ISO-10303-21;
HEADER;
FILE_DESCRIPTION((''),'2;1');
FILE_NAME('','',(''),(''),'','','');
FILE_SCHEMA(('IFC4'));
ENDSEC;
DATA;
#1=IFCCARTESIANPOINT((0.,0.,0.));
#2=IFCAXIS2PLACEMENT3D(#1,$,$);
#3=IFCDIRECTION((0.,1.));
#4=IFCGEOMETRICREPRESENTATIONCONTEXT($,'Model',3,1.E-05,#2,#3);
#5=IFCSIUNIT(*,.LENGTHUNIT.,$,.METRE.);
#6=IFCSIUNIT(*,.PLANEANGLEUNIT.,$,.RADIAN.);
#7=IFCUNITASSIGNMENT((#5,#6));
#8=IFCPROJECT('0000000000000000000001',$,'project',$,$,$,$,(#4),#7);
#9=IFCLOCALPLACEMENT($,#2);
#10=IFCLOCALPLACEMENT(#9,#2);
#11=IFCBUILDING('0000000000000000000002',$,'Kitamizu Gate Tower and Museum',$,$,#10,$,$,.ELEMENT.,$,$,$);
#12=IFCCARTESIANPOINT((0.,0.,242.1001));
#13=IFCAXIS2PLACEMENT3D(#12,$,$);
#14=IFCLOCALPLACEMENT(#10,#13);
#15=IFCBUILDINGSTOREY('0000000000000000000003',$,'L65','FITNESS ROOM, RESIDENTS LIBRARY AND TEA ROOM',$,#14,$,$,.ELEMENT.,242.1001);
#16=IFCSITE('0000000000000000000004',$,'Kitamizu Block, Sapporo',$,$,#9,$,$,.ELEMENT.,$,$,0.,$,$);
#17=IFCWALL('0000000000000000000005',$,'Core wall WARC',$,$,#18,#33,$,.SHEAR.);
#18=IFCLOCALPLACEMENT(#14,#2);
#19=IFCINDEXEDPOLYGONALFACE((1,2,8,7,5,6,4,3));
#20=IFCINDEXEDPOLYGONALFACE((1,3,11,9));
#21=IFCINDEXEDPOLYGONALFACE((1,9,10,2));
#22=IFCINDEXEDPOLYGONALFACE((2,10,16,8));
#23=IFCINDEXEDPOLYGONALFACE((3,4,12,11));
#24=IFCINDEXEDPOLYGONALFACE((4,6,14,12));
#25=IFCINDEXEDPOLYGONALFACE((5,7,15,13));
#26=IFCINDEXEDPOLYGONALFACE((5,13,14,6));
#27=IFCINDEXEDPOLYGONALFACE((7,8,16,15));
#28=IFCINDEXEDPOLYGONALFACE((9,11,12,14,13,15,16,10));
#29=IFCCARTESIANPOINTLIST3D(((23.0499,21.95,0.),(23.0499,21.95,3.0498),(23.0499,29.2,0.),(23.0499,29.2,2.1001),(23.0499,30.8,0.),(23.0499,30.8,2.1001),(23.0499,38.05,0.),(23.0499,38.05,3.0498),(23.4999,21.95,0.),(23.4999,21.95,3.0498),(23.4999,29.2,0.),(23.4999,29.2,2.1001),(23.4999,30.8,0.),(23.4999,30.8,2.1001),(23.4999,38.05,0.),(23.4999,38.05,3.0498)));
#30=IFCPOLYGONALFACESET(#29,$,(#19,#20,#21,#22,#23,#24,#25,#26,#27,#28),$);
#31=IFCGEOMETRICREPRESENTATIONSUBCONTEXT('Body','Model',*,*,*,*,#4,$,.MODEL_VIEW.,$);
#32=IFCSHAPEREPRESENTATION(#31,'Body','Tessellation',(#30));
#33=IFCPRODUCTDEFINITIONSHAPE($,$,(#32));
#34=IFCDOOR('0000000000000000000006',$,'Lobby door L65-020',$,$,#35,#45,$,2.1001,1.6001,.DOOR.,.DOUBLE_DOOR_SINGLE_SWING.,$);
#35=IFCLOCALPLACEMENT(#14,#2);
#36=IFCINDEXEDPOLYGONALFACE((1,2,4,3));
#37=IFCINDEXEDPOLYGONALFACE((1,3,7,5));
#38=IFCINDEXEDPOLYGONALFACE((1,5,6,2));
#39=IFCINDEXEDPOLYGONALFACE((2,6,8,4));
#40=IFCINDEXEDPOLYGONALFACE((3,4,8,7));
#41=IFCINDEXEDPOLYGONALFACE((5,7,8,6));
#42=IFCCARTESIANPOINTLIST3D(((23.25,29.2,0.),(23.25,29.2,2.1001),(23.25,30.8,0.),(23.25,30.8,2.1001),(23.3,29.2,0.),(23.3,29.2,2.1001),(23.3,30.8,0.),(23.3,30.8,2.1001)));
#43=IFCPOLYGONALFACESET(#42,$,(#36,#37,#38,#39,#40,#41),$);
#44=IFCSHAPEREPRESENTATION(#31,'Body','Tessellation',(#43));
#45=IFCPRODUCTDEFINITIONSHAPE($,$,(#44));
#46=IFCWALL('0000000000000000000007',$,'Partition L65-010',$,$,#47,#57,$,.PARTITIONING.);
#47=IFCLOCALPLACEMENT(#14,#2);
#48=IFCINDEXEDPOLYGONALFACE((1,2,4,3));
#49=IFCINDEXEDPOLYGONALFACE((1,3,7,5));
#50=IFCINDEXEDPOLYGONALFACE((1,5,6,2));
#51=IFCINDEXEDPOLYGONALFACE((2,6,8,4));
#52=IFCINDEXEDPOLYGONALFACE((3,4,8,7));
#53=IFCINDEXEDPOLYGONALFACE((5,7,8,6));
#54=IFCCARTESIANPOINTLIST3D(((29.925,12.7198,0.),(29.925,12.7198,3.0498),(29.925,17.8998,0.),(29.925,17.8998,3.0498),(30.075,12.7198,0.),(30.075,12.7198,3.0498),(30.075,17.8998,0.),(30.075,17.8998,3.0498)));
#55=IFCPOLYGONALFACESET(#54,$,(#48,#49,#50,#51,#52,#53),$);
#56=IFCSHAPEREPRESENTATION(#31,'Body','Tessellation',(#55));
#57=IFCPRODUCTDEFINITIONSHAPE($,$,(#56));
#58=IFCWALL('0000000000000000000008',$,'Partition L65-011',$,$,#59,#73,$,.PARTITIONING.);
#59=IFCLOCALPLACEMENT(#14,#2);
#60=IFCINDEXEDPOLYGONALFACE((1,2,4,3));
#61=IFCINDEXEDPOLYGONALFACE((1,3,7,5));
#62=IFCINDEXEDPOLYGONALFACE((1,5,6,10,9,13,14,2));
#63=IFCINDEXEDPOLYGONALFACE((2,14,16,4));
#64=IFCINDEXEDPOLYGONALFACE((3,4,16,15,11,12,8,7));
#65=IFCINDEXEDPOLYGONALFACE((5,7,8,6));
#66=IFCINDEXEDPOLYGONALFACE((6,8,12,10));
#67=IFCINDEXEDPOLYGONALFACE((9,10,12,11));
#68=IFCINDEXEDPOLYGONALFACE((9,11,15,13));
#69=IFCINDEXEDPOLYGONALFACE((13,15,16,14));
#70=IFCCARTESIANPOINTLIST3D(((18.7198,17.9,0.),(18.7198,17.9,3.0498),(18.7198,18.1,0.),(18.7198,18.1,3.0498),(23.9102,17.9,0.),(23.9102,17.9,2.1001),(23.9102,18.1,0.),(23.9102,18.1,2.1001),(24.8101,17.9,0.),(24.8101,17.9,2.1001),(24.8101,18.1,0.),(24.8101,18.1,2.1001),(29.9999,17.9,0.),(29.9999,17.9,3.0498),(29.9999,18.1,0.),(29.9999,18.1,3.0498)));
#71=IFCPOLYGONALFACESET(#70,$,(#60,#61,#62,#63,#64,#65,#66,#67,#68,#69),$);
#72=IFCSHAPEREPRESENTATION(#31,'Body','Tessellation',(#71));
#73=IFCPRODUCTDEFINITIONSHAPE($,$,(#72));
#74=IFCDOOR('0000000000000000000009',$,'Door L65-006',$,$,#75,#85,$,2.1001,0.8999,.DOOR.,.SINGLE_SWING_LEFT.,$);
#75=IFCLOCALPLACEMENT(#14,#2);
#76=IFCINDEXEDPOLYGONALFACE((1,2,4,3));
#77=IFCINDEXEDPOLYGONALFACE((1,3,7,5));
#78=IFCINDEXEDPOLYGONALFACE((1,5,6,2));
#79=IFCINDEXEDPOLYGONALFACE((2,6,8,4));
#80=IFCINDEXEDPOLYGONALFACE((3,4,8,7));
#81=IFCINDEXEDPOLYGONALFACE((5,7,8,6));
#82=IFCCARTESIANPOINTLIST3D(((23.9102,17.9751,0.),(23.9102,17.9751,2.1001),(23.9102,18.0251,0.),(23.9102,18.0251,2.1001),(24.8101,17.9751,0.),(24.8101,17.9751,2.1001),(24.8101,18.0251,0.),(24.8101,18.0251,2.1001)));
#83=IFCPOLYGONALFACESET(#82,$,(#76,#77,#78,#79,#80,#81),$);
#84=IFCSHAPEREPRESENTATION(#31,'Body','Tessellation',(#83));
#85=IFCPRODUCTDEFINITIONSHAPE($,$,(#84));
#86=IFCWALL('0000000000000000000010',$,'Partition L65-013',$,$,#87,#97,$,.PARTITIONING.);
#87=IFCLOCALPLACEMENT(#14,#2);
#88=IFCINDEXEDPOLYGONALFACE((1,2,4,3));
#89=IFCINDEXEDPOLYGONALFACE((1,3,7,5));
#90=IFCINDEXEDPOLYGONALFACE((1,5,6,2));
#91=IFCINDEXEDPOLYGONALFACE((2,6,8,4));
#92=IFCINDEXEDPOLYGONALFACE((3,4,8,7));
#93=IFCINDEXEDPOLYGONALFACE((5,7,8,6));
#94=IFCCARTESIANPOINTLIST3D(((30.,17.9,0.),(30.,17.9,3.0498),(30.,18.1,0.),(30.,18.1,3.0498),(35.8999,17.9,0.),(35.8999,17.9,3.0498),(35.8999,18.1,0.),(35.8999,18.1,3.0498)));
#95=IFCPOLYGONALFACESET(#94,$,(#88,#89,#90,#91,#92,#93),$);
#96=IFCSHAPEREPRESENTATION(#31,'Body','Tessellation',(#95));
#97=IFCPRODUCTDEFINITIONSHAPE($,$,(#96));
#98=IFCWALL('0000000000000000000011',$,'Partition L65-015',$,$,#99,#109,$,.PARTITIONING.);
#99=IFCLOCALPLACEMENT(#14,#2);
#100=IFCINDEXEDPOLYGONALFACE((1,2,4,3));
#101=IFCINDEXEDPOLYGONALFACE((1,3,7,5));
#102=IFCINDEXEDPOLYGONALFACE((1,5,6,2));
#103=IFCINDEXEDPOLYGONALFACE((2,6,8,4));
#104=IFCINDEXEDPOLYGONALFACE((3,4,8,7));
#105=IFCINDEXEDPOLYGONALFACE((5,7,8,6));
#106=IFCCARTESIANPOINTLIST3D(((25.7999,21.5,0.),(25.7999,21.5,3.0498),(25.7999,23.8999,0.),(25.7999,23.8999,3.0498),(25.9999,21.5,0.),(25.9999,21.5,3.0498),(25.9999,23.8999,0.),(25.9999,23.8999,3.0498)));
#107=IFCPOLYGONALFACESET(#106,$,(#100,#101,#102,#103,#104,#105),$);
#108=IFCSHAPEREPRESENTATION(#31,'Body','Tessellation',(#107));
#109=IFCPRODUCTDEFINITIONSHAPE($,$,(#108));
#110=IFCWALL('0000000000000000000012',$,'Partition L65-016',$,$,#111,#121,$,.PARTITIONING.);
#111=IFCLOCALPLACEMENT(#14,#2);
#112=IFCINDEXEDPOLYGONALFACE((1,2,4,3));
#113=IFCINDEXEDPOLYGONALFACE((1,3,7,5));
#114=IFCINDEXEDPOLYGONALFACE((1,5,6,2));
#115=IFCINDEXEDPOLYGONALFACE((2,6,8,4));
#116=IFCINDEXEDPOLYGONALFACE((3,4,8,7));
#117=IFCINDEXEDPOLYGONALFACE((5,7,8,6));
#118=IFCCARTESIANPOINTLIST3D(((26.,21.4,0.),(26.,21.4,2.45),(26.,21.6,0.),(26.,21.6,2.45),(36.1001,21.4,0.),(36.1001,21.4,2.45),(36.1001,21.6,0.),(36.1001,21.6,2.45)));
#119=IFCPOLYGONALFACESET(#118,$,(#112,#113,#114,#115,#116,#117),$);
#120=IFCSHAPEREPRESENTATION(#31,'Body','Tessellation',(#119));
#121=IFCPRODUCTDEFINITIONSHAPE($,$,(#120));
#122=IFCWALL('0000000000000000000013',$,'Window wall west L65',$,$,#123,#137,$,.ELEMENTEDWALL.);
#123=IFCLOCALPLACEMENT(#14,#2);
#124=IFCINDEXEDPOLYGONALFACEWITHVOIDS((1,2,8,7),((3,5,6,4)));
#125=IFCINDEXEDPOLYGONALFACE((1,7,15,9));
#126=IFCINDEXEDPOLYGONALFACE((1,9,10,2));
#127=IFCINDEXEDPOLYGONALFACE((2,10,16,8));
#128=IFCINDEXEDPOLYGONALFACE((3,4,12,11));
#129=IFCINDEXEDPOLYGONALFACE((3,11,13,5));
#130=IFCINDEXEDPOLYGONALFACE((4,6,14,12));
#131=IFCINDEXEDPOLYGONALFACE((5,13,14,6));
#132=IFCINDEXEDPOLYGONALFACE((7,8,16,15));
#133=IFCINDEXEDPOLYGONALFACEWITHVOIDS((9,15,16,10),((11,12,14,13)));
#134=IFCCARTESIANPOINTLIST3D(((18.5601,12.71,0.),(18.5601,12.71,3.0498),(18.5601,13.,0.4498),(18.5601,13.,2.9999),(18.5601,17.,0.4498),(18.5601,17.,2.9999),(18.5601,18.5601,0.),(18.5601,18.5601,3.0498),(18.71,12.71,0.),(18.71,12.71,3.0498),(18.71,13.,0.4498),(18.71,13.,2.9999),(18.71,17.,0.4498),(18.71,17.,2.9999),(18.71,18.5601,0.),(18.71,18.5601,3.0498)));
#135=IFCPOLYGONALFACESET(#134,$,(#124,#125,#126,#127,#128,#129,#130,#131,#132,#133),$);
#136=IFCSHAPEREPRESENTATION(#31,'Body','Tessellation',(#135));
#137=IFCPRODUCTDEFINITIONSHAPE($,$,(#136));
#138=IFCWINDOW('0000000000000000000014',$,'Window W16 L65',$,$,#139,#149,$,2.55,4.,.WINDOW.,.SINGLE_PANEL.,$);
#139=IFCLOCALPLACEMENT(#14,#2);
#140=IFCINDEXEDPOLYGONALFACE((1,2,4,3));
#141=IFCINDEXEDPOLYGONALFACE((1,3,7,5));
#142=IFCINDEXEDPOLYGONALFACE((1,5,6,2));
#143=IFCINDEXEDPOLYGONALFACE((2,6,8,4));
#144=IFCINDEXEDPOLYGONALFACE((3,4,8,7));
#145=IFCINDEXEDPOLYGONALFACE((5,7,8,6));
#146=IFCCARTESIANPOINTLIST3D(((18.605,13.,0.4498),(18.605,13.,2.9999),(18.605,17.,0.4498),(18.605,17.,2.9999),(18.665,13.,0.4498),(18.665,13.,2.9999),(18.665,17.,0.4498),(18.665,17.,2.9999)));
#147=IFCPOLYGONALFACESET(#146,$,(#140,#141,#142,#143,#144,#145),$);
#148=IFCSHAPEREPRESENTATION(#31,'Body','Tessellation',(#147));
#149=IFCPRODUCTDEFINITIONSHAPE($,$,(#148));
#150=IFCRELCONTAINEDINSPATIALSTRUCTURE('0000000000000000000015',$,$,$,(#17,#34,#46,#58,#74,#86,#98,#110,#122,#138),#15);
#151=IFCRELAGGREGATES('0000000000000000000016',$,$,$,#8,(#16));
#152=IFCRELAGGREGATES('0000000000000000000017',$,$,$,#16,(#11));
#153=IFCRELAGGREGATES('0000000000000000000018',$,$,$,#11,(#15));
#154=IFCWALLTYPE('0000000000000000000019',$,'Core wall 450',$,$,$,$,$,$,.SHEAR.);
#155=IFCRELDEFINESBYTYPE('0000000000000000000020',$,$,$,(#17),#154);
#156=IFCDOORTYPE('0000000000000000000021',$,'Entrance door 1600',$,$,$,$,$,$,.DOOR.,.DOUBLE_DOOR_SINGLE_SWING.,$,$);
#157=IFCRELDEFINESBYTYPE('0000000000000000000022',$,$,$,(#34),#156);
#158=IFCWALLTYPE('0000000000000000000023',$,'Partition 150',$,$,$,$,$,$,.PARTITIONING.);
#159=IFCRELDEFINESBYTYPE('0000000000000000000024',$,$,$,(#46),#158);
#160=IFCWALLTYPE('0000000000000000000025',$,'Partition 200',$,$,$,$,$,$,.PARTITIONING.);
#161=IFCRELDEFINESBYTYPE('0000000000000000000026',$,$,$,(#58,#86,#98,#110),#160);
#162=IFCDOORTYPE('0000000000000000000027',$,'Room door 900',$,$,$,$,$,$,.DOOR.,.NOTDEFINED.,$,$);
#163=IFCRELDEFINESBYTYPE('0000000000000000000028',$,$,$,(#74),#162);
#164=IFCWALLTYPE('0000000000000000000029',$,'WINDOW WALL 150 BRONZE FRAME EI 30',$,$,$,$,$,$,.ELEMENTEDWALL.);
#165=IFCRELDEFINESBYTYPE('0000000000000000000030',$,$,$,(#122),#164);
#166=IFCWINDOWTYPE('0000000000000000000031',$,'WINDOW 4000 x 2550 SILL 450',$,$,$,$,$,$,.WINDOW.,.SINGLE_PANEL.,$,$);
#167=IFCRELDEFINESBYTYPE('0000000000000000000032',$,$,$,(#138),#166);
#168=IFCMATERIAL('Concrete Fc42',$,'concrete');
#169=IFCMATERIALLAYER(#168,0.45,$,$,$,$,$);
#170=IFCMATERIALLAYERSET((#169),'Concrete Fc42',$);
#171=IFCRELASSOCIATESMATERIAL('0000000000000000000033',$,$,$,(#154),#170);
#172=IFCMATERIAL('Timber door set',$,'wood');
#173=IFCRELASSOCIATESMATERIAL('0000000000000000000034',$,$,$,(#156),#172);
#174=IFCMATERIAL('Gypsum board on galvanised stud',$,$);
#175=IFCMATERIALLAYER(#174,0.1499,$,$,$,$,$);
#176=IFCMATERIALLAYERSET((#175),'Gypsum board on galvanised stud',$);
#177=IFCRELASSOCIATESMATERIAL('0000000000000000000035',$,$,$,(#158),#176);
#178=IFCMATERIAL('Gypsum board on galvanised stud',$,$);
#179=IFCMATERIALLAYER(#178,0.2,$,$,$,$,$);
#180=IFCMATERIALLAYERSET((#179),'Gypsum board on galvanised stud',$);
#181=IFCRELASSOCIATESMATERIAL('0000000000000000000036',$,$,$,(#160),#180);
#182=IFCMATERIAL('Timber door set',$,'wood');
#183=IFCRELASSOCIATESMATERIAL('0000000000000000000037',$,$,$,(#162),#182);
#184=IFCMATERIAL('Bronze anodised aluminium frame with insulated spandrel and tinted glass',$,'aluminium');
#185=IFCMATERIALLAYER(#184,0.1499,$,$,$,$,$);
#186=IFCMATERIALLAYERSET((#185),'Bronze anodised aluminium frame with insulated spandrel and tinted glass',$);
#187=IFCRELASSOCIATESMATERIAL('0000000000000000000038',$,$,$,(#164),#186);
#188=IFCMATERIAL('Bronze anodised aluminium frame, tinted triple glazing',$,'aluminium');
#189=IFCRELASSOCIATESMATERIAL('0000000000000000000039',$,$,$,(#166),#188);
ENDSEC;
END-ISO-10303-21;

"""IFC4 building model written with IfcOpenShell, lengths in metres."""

from ifc_helpers import new_model, si_unit, direction, frame, frame_2d, origin, place, context, subcontext, project, spatial, rectangle, extrude, material, layer, layer_set, type_object, element, fill, save


model = new_model("IFC4")

# Units and contexts
model_context = context("Model", 3, precision=1e-05, world=origin(), true_north=direction((0.0, 1.0)))
body_context = subcontext(model_context, "Body", "Model", "MODEL_VIEW")
ifc_project = project(units=[si_unit("LENGTHUNIT", "METRE"), si_unit("PLANEANGLEUNIT", "RADIAN")], contexts=[model_context])

# Site, building, storey
site_placement = place(None, origin())
site = spatial("IfcSite", under=ifc_project, at=site_placement, Name="Kitamizu Block, Sapporo", CompositionType="ELEMENT", RefElevation=0.0)
building_placement = place(site_placement, origin())
building = spatial("IfcBuilding", under=site, at=building_placement, Name="Kitamizu Gate Tower and Museum", CompositionType="ELEMENT")
storey_placement = place(building_placement, frame((0.0, 0.0, 242.1001)))
storey = spatial("IfcBuildingStorey", under=building, at=storey_placement, Name="L65", Description="FITNESS ROOM, RESIDENTS LIBRARY AND TEA ROOM", CompositionType="ELEMENT", Elevation=242.1001)

# Wall, opening, door
ifc_material_1 = material(Name="Concrete Fc42", Category="concrete")
ifc_layer_1 = layer(ifc_material_1, 0.45)
ifc_layer_set_1 = layer_set([ifc_layer_1], Name="Concrete Fc42")
wall_type_1 = type_object("IfcWallType", Name="Core wall 450", PredefinedType="SHEAR", material=ifc_layer_set_1)
wall_1_placement = place(storey_placement, frame((23.2749, 21.95, 0.0), z_axis=(0.0, 0.0, 1.0), x_axis=(0.0, 1.0, 0.0)))
wall_1 = element("IfcWall", 1, at=wall_1_placement, inside=storey, type_object=wall_type_1, Name="Core wall WARC", PredefinedType="SHEAR", context=body_context, shape_type="SweptSolid", body=[
    extrude(rectangle(XDim=16.1001, YDim=0.45, at=frame_2d((8.05, 0.0))), origin(), (0.0, 0.0, 1.0), 3.0498),
])
opening_1_placement = place(wall_1_placement, frame((7.25, 0.0, 0.0)))
opening_1 = element("IfcOpeningElement", 2, at=opening_1_placement, cuts=wall_1, PredefinedType="OPENING", context=body_context, shape_type="SweptSolid", body=[
    extrude(rectangle(XDim=1.6001, YDim=2.1001, at=frame_2d((0.8, 1.05))), frame((0.0, 0.2349, 0.0), z_axis=(0.0, -1.0, 0.0), x_axis=(1.0, 0.0, 0.0)), (0.0, 0.0, 1.0), 0.47),
])
ifc_material_2 = material(Name="Timber door set", Category="wood")
door_type_1 = type_object("IfcDoorType", Name="Entrance door 1600", OperationType="DOUBLE_DOOR_SINGLE_SWING", PredefinedType="DOOR", material=ifc_material_2)
door_1_placement = place(opening_1_placement, origin())
door_1 = element("IfcDoor", 3, at=door_1_placement, inside=storey, type_object=door_type_1, Name="Lobby door L65-020", OperationType="DOUBLE_DOOR_SINGLE_SWING", OverallHeight=2.1001, OverallWidth=1.6001, PredefinedType="DOOR", context=body_context, shape_type="SweptSolid", body=[
    extrude(rectangle(XDim=1.6001, YDim=2.1001, at=frame_2d((0.8, 1.05))), frame((0.0, 0.0249, 0.0), z_axis=(0.0, -1.0, 0.0), x_axis=(1.0, 0.0, 0.0)), (0.0, 0.0, 1.0), 0.05),
])
fill(opening_1, door_1)

# Wall
ifc_material_3 = material(Name="Gypsum board on galvanised stud")
ifc_layer_2 = layer(ifc_material_3, 0.1499)
ifc_layer_set_2 = layer_set([ifc_layer_2], Name="Gypsum board on galvanised stud")
wall_type_2 = type_object("IfcWallType", Name="Partition 150", PredefinedType="PARTITIONING", material=ifc_layer_set_2)
wall_2_placement = place(storey_placement, frame((30.0, 12.72, 0.0), z_axis=(0.0, 0.0, 1.0), x_axis=(0.0, 1.0, 0.0)))
element("IfcWall", 4, at=wall_2_placement, inside=storey, type_object=wall_type_2, Name="Partition L65-010", PredefinedType="PARTITIONING", context=body_context, shape_type="SweptSolid", body=[
    extrude(rectangle(XDim=5.1799, YDim=0.1499, at=frame_2d((2.5898, 0.0))), origin(), (0.0, 0.0, 1.0), 3.0498),
])

# Wall, opening, door
ifc_material_4 = material(Name="Gypsum board on galvanised stud")
ifc_layer_3 = layer(ifc_material_4, 0.2)
ifc_layer_set_3 = layer_set([ifc_layer_3], Name="Gypsum board on galvanised stud")
wall_type_3 = type_object("IfcWallType", Name="Partition 200", PredefinedType="PARTITIONING", material=ifc_layer_set_3)
wall_3_placement = place(storey_placement, frame((30.0, 18.0, 0.0), z_axis=(0.0, 0.0, 1.0), x_axis=(-1.0, 0.0, 0.0)))
wall_3 = element("IfcWall", 5, at=wall_3_placement, inside=storey, type_object=wall_type_3, Name="Partition L65-011", PredefinedType="PARTITIONING", context=body_context, shape_type="SweptSolid", body=[
    extrude(rectangle(XDim=11.28, YDim=0.2, at=frame_2d((5.6401, 0.0))), origin(), (0.0, 0.0, 1.0), 3.0498),
])
opening_2_placement = place(wall_3_placement, frame((5.1899, 0.0, 0.0)))
opening_2 = element("IfcOpeningElement", 6, at=opening_2_placement, cuts=wall_3, PredefinedType="OPENING", context=body_context, shape_type="SweptSolid", body=[
    extrude(rectangle(XDim=0.8999, YDim=2.1001, at=frame_2d((0.45, 1.05))), frame((0.0, 0.1099, 0.0), z_axis=(0.0, -1.0, 0.0), x_axis=(1.0, 0.0, 0.0)), (0.0, 0.0, 1.0), 0.22),
])
ifc_material_5 = material(Name="Timber door set", Category="wood")
door_type_2 = type_object("IfcDoorType", Name="Room door 900", OperationType="NOTDEFINED", PredefinedType="DOOR", material=ifc_material_5)
door_2_placement = place(opening_2_placement, origin())
door_2 = element("IfcDoor", 7, at=door_2_placement, inside=storey, type_object=door_type_2, Name="Door L65-006", OperationType="SINGLE_SWING_LEFT", OverallHeight=2.1001, OverallWidth=0.8999, PredefinedType="DOOR", context=body_context, shape_type="SweptSolid", body=[
    extrude(rectangle(XDim=0.8999, YDim=2.1001, at=frame_2d((0.45, 1.05))), frame((0.0, 0.0249, 0.0), z_axis=(0.0, -1.0, 0.0), x_axis=(1.0, 0.0, 0.0)), (0.0, 0.0, 1.0), 0.05),
])
fill(opening_2, door_2)

# Walls
wall_4_placement = place(storey_placement, frame((35.8999, 18.0, 0.0), z_axis=(0.0, 0.0, 1.0), x_axis=(-1.0, 0.0, 0.0)))
element("IfcWall", 8, at=wall_4_placement, inside=storey, type_object=wall_type_3, Name="Partition L65-013", PredefinedType="PARTITIONING", context=body_context, shape_type="SweptSolid", body=[
    extrude(rectangle(XDim=5.8999, YDim=0.2, at=frame_2d((2.95, 0.0))), origin(), (0.0, 0.0, 1.0), 3.0498),
])
wall_5_placement = place(storey_placement, frame((25.8999, 23.8999, 0.0), z_axis=(0.0, 0.0, 1.0), x_axis=(0.0, -1.0, 0.0)))
element("IfcWall", 9, at=wall_5_placement, inside=storey, type_object=wall_type_3, Name="Partition L65-015", PredefinedType="PARTITIONING", context=body_context, shape_type="SweptSolid", body=[
    extrude(rectangle(XDim=2.3999, YDim=0.2, at=frame_2d((1.2, 0.0))), origin(), (0.0, 0.0, 1.0), 3.0498),
])
wall_6_placement = place(storey_placement, frame((26.0, 21.5, 0.0), z_axis=(0.0, 0.0, 1.0), x_axis=(1.0, 0.0, 0.0)))
element("IfcWall", 10, at=wall_6_placement, inside=storey, type_object=wall_type_3, Name="Partition L65-016", PredefinedType="PARTITIONING", context=body_context, shape_type="SweptSolid", body=[
    extrude(rectangle(XDim=10.1001, YDim=0.2, at=frame_2d((5.05, 0.0))), origin(), (0.0, 0.0, 1.0), 2.45),
])

# Shared definitions
ifc_material_6 = material(Name="Bronze anodised aluminium frame with insulated spandrel and tinted glass", Category="aluminium")
ifc_layer_4 = layer(ifc_material_6, 0.1499)
ifc_layer_set_4 = layer_set([ifc_layer_4], Name="Bronze anodised aluminium frame with insulated spandrel and tinted glass")
wall_type_4 = type_object("IfcWallType", Name="WINDOW WALL 150 BRONZE FRAME EI 30", PredefinedType="ELEMENTEDWALL", material=ifc_layer_set_4)

# Wall, opening, window
wall_7_placement = place(storey_placement, frame((18.635, 12.71, 0.0), z_axis=(0.0, 0.0, 1.0), x_axis=(0.0, 1.0, 0.0)))
wall_7 = element("IfcWall", 11, at=wall_7_placement, inside=storey, type_object=wall_type_4, Name="Window wall west L65", PredefinedType="ELEMENTEDWALL", context=body_context, shape_type="SweptSolid", body=[
    extrude(rectangle(XDim=5.8501, YDim=0.1499, at=frame_2d((2.925, 0.0))), origin(), (0.0, 0.0, 1.0), 3.0498),
])
opening_3_placement = place(wall_7_placement, frame((0.29, 0.0, 0.45)))
opening_3 = element("IfcOpeningElement", 12, at=opening_3_placement, cuts=wall_7, PredefinedType="OPENING", context=body_context, shape_type="SweptSolid", body=[
    extrude(rectangle(XDim=4.0, YDim=2.55, at=frame_2d((2.0, 1.2749))), frame((0.0, 0.085, 0.0), z_axis=(0.0, -1.0, 0.0), x_axis=(1.0, 0.0, 0.0)), (0.0, 0.0, 1.0), 0.1699),
])
ifc_material_7 = material(Name="Bronze anodised aluminium frame, tinted triple glazing", Category="aluminium")
window_type_1 = type_object("IfcWindowType", Name="WINDOW 4000 x 2550 SILL 450", PartitioningType="SINGLE_PANEL", PredefinedType="WINDOW", material=ifc_material_7)
window_1_placement = place(opening_3_placement, origin())
window_1 = element("IfcWindow", 13, at=window_1_placement, inside=storey, type_object=window_type_1, Name="Window W16 L65", OverallHeight=2.55, OverallWidth=4.0, PartitioningType="SINGLE_PANEL", PredefinedType="WINDOW", context=body_context, shape_type="SweptSolid", body=[
    extrude(rectangle(XDim=4.0, YDim=2.55, at=frame_2d((2.0, 1.2749))), frame((0.0, 0.03, 0.0), z_axis=(0.0, -1.0, 0.0), x_axis=(1.0, 0.0, 0.0)), (0.0, 0.0, 1.0), 0.0601),
])
fill(opening_3, window_1)

save(model, "model.ifc")
